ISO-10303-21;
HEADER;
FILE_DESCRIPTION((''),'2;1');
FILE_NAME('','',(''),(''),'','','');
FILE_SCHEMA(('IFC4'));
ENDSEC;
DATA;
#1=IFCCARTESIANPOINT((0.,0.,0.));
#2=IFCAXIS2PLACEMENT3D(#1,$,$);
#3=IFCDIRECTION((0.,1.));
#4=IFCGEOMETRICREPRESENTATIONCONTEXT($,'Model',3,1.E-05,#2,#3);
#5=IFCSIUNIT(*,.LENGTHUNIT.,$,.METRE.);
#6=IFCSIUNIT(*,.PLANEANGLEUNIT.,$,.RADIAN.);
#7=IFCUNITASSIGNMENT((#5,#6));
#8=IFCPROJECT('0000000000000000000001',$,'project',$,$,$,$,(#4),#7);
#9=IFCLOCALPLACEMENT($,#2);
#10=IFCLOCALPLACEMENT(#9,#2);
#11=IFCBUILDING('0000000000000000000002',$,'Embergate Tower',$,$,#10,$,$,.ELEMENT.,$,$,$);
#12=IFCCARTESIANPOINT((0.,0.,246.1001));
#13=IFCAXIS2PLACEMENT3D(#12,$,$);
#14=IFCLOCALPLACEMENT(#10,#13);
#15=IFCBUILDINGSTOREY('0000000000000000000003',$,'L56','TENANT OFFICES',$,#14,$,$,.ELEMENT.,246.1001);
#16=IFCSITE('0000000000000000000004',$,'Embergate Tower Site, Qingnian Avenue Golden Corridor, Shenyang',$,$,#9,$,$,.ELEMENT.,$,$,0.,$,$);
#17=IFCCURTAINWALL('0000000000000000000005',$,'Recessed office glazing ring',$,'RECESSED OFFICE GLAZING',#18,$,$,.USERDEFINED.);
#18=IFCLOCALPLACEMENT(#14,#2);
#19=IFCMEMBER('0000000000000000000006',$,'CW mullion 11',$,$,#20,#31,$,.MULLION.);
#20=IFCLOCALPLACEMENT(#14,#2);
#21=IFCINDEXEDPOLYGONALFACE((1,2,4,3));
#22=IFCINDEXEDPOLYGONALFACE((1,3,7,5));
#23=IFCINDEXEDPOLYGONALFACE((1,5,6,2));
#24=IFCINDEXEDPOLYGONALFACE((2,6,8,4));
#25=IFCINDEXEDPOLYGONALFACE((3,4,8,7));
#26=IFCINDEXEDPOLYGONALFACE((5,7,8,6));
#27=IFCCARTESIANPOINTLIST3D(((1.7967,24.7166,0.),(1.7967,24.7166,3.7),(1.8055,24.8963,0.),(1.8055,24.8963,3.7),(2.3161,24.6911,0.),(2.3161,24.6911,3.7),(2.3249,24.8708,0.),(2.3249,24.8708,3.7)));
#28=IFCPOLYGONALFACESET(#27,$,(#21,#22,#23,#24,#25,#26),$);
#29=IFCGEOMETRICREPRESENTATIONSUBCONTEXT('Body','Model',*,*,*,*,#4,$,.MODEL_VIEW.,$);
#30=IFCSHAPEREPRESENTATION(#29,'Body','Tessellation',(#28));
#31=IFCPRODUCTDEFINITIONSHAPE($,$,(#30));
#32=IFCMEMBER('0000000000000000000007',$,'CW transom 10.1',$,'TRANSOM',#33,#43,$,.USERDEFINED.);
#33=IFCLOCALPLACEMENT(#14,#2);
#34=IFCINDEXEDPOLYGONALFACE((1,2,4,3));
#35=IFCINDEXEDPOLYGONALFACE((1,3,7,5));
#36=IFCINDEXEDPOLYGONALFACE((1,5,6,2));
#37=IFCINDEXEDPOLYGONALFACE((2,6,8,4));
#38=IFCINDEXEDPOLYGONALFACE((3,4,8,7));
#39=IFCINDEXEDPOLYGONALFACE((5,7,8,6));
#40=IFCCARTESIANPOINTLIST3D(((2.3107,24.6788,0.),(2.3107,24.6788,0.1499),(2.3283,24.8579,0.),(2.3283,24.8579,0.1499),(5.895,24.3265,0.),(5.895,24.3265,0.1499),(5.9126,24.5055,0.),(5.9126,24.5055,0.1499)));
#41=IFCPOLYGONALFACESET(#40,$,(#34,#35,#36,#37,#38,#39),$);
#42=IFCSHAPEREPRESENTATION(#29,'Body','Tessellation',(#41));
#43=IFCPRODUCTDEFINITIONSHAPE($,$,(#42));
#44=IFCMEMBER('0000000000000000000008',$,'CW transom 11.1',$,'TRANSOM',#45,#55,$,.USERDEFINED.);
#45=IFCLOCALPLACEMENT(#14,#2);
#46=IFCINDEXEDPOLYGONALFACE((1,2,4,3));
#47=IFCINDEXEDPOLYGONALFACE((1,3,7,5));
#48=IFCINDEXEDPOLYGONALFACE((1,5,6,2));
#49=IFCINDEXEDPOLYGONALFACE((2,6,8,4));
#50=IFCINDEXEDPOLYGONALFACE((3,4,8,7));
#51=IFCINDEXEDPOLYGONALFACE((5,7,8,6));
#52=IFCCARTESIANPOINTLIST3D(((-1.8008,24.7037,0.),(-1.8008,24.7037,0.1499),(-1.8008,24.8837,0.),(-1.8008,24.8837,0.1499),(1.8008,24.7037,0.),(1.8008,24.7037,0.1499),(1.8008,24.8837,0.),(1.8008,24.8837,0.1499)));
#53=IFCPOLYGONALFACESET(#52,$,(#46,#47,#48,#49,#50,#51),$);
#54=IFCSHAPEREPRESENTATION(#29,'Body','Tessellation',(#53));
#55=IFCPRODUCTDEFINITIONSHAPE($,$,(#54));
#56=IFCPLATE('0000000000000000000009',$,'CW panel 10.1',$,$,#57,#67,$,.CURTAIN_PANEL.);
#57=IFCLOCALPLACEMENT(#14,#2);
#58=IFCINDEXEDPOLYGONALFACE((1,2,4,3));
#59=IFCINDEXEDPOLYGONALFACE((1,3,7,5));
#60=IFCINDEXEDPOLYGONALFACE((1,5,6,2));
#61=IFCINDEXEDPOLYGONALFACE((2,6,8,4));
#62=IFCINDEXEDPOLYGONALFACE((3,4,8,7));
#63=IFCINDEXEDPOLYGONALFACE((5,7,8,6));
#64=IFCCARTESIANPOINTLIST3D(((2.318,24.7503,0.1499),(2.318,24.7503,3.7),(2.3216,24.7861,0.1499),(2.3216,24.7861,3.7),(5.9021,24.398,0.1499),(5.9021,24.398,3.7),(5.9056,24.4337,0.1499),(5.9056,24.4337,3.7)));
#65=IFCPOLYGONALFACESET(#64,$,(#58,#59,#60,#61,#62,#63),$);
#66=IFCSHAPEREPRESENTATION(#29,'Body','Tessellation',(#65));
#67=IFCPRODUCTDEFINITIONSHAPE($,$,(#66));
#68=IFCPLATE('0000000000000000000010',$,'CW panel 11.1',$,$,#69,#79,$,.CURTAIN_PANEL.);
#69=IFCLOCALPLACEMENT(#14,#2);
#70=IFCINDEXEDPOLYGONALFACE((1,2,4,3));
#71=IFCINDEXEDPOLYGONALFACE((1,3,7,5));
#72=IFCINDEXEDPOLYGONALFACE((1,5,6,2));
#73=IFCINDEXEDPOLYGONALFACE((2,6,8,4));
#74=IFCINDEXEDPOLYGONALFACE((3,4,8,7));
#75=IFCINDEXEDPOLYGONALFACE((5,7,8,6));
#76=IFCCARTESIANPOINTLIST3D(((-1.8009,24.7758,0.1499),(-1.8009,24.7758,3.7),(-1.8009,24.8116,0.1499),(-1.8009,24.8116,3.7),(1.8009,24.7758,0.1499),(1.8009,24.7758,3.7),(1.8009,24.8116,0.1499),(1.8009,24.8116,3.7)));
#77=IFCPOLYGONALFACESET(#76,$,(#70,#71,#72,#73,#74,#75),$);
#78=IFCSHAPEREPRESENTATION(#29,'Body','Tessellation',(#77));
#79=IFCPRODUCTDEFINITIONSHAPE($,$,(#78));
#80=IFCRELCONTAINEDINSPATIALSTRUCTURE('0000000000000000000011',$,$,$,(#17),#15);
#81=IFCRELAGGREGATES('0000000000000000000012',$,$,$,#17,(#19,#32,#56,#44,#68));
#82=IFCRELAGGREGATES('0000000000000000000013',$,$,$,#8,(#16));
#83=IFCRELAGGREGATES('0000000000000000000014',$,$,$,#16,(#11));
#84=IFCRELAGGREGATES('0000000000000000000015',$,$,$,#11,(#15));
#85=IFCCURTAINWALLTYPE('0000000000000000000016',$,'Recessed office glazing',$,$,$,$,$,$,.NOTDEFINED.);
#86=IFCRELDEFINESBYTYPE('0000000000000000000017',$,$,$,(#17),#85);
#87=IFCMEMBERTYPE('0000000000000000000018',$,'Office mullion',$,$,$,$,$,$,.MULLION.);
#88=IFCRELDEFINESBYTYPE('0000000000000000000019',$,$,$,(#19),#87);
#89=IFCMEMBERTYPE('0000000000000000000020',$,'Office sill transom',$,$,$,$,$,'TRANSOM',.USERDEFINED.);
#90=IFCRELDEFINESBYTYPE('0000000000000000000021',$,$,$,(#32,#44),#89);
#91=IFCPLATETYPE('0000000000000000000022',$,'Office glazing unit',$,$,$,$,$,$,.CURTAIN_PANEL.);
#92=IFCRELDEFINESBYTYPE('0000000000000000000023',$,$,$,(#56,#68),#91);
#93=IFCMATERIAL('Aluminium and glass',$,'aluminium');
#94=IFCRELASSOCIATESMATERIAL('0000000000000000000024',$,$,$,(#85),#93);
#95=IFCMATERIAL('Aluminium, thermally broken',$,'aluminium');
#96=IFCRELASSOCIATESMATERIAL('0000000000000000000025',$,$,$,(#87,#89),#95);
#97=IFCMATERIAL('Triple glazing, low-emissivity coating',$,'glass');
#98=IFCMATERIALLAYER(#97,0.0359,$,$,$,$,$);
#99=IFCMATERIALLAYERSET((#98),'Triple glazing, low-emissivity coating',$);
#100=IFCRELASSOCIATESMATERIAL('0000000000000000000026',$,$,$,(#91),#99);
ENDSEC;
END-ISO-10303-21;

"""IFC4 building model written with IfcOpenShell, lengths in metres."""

from ifc_helpers import new_model, si_unit, direction, frame, origin, origin_2d, place, context, subcontext, project, spatial, rectangle, extrude, source, transform, mapped, material, layer, layer_set, material_profile, profile_set, type_object, element, aggregate, save


model = new_model("IFC4")

# Units and contexts
model_context = context("Model", 3, precision=1e-05, world=origin(), true_north=direction((0.0, 1.0)))
body_context = subcontext(model_context, "Body", "Model", "MODEL_VIEW")
ifc_project = project(units=[si_unit("LENGTHUNIT", "METRE"), si_unit("PLANEANGLEUNIT", "RADIAN")], contexts=[model_context])

# Site, building, storey
site_placement = place(None, origin())
site = spatial("IfcSite", under=ifc_project, at=site_placement, Name="Embergate Tower Site, Qingnian Avenue Golden Corridor, Shenyang", CompositionType="ELEMENT", RefElevation=0.0)
building_placement = place(site_placement, origin())
building = spatial("IfcBuilding", under=site, at=building_placement, Name="Embergate Tower", CompositionType="ELEMENT")
storey_placement = place(building_placement, frame((0.0, 0.0, 246.1001)))
storey = spatial("IfcBuildingStorey", under=building, at=storey_placement, Name="L56", Description="TENANT OFFICES", CompositionType="ELEMENT", Elevation=246.1001)

# Curtain wall, members, plates
ifc_material_1 = material(Name="Aluminium and glass", Category="aluminium")
curtain_wall_type = type_object("IfcCurtainWallType", Name="Recessed office glazing", PredefinedType="NOTDEFINED", material=ifc_material_1)
curtain_wall_placement = place(storey_placement, origin())
curtain_wall = element("IfcCurtainWall", 1, at=curtain_wall_placement, inside=storey, type_object=curtain_wall_type, Name="Recessed office glazing ring", ObjectType="RECESSED OFFICE GLAZING", PredefinedType="USERDEFINED")
ifc_material_2 = material(Name="Aluminium, thermally broken", Category="aluminium")
ifc_material_profile_1 = material_profile(ifc_material_2, rectangle(XDim=0.1799, YDim=0.52, at=origin_2d()), Name="AL 520x180")
ifc_profile_set_1 = profile_set([ifc_material_profile_1], Name="Aluminium, thermally broken")
member_type_1 = type_object("IfcMemberType", Name="Office mullion", PredefinedType="MULLION", material=ifc_profile_set_1)
shared_shape_1 = source(origin(), body_context, "Body", "SweptSolid", [
    extrude(rectangle(XDim=0.1799, YDim=0.52, at=origin_2d()), origin(), (0.0, 0.0, 1.0), 3.7),
])
member_1_placement = place(storey_placement, frame((2.0608, 24.7937, 0.0), z_axis=(0.0, 0.0, 1.0), x_axis=(-0.048972, -0.9988, 0.0)))
member_1 = element("IfcMember", 2, at=member_1_placement, type_object=member_type_1, Name="CW mullion 11", PredefinedType="MULLION", context=body_context, shape_type="MappedRepresentation", body=[
    mapped(shared_shape_1, transform((0.0, 0.0, 0.0))),
])
ifc_material_profile_2 = material_profile(ifc_material_2, rectangle(XDim=0.1799, YDim=0.1499, at=origin_2d()), Name="AL 150x180")
ifc_profile_set_2 = profile_set([ifc_material_profile_2], Name="Aluminium, thermally broken")
member_type_2 = type_object("IfcMemberType", Name="Office sill transom", ElementType="TRANSOM", PredefinedType="USERDEFINED", material=ifc_profile_set_2)
shared_shape_2 = source(origin(), body_context, "Body", "SweptSolid", [
    extrude(rectangle(XDim=0.1799, YDim=0.1499, at=origin_2d()), origin(), (0.0, 0.0, 1.0), 3.6016),
])
member_2_placement = place(storey_placement, frame((5.9038, 24.416, 0.075), z_axis=(-0.995204, 0.097819, 0.0), x_axis=(-0.097819, -0.995204, 0.0)))
member_2 = element("IfcMember", 3, at=member_2_placement, type_object=member_type_2, Name="CW transom 10.1", ObjectType="TRANSOM", PredefinedType="USERDEFINED", context=body_context, shape_type="MappedRepresentation", body=[
    mapped(shared_shape_2, transform((0.0, 0.0, 0.0))),
])
member_3_placement = place(storey_placement, frame((1.8008, 24.7937, 0.075), z_axis=(-1.0, 0.0, 0.0), x_axis=(0.0, -1.0, 0.0)))
member_3 = element("IfcMember", 4, at=member_3_placement, type_object=member_type_2, Name="CW transom 11.1", ObjectType="TRANSOM", PredefinedType="USERDEFINED", context=body_context, shape_type="MappedRepresentation", body=[
    mapped(shared_shape_2, transform((0.0, 0.0, 0.0))),
])
ifc_material_3 = material(Name="Triple glazing, low-emissivity coating", Category="glass")
ifc_layer = layer(ifc_material_3, 0.0359)
ifc_layer_set = layer_set([ifc_layer], Name="Triple glazing, low-emissivity coating")
plate_type = type_object("IfcPlateType", Name="Office glazing unit", PredefinedType="CURTAIN_PANEL", material=ifc_layer_set)
shared_shape_3 = source(origin(), body_context, "Body", "SweptSolid", [
    extrude(rectangle(XDim=3.6013, YDim=0.0359, at=origin_2d()), origin(), (0.0, 0.0, 1.0), 3.55),
])
plate_1_placement = place(storey_placement, frame((4.1118, 24.592, 0.1499), z_axis=(0.0, 0.0, 1.0), x_axis=(-0.995203, 0.09783, 0.0)))
plate_1 = element("IfcPlate", 5, at=plate_1_placement, type_object=plate_type, Name="CW panel 10.1", PredefinedType="CURTAIN_PANEL", context=body_context, shape_type="MappedRepresentation", body=[
    mapped(shared_shape_3, transform((0.0, 0.0, 0.0))),
])
shared_shape_4 = source(origin(), body_context, "Body", "SweptSolid", [
    extrude(rectangle(XDim=3.6018, YDim=0.0359, at=origin_2d()), origin(), (0.0, 0.0, 1.0), 3.55),
])
plate_2_placement = place(storey_placement, frame((0.0, 24.7937, 0.1499), z_axis=(0.0, 0.0, 1.0), x_axis=(-1.0, 0.0, 0.0)))
plate_2 = element("IfcPlate", 6, at=plate_2_placement, type_object=plate_type, Name="CW panel 11.1", PredefinedType="CURTAIN_PANEL", context=body_context, shape_type="MappedRepresentation", body=[
    mapped(shared_shape_4, transform((0.0, 0.0, 0.0))),
])
aggregate(curtain_wall, [member_1, member_2, plate_1, member_3, plate_2])

save(model, "model.ifc")
